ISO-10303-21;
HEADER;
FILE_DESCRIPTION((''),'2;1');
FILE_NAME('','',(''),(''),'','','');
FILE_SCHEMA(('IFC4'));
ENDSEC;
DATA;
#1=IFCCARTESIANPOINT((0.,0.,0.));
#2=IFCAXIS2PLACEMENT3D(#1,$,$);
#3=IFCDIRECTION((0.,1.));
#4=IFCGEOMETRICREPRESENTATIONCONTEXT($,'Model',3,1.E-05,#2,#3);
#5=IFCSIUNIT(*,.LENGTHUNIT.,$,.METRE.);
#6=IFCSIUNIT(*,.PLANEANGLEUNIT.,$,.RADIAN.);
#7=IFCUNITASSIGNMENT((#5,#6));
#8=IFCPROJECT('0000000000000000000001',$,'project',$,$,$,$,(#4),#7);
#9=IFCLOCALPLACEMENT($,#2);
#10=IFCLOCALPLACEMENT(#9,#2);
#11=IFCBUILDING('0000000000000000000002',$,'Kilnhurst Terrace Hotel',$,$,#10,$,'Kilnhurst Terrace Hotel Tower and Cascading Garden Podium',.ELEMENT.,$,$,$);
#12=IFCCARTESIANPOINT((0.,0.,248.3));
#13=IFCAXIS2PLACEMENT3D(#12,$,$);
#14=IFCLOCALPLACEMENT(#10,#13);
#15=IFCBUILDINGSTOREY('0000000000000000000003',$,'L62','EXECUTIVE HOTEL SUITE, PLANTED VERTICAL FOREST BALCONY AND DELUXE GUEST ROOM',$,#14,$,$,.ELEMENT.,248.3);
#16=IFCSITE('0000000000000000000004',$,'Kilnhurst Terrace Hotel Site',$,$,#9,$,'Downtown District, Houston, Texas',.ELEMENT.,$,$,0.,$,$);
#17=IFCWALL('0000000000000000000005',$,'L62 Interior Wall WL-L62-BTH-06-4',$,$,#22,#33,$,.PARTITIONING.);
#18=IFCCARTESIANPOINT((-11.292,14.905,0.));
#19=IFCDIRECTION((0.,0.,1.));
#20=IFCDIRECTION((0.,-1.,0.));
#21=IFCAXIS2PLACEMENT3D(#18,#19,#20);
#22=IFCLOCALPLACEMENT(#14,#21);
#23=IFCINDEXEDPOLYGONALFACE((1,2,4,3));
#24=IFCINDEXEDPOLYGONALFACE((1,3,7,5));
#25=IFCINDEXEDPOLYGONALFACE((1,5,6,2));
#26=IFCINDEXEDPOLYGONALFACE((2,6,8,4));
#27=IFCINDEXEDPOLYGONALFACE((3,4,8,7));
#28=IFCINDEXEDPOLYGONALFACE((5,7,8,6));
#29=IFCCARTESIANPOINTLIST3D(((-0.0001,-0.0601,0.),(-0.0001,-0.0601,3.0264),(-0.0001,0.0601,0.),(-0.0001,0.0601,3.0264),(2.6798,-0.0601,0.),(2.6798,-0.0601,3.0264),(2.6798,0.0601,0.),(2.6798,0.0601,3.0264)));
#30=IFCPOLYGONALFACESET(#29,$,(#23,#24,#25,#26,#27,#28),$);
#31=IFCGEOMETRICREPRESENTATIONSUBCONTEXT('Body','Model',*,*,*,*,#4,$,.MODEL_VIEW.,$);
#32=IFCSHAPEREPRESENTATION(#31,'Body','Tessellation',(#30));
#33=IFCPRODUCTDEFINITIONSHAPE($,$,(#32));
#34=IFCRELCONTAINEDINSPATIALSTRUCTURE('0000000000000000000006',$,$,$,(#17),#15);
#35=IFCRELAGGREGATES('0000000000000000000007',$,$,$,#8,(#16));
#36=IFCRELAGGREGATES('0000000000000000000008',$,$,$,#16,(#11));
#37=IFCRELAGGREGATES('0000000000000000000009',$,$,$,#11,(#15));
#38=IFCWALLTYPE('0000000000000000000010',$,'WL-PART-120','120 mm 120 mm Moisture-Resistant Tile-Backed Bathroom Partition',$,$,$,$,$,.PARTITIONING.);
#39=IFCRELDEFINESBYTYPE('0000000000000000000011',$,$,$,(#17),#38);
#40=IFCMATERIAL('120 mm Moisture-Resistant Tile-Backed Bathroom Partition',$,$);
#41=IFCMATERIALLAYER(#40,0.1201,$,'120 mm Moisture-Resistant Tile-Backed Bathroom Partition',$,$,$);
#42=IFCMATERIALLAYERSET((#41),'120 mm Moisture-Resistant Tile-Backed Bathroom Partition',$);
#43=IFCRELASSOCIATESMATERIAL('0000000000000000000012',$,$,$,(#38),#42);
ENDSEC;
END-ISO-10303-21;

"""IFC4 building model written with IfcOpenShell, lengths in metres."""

from ifc_helpers import new_model, si_unit, direction, frame, frame_2d, origin, place, context, subcontext, project, spatial, rectangle, extrude, material, layer, layer_set, type_object, element, save


model = new_model("IFC4")

# Units and contexts
model_context = context("Model", 3, precision=1e-05, world=origin(), true_north=direction((0.0, 1.0)))
body_context = subcontext(model_context, "Body", "Model", "MODEL_VIEW")
ifc_project = project(units=[si_unit("LENGTHUNIT", "METRE"), si_unit("PLANEANGLEUNIT", "RADIAN")], contexts=[model_context])

# Site, building, storey
site_placement = place(None, origin())
site = spatial("IfcSite", under=ifc_project, at=site_placement, Name="Kilnhurst Terrace Hotel Site", LongName="Downtown District, Houston, Texas", CompositionType="ELEMENT", RefElevation=0.0)
building_placement = place(site_placement, origin())
building = spatial("IfcBuilding", under=site, at=building_placement, Name="Kilnhurst Terrace Hotel", LongName="Kilnhurst Terrace Hotel Tower and Cascading Garden Podium", CompositionType="ELEMENT")
storey_placement = place(building_placement, frame((0.0, 0.0, 248.3)))
storey = spatial("IfcBuildingStorey", under=building, at=storey_placement, Name="L62", Description="EXECUTIVE HOTEL SUITE, PLANTED VERTICAL FOREST BALCONY AND DELUXE GUEST ROOM", CompositionType="ELEMENT", Elevation=248.3)

# Shared definitions
ifc_material_1 = material(Name="120 mm Moisture-Resistant Tile-Backed Bathroom Partition")
ifc_layer_1 = layer(ifc_material_1, 0.1201, Name="120 mm Moisture-Resistant Tile-Backed Bathroom Partition")
ifc_layer_set_1 = layer_set([ifc_layer_1], Name="120 mm Moisture-Resistant Tile-Backed Bathroom Partition")
wall_type_1 = type_object("IfcWallType", Name="WL-PART-120", Description="120 mm 120 mm Moisture-Resistant Tile-Backed Bathroom Partition", PredefinedType="PARTITIONING", material=ifc_layer_set_1)

# Wall
wall_1_placement = place(storey_placement, frame((-11.292, 14.905, 0.0), z_axis=(0.0, 0.0, 1.0), x_axis=(0.0, -1.0, 0.0)))
element("IfcWall", 1, at=wall_1_placement, inside=storey, type_object=wall_type_1, Name="L62 Interior Wall WL-L62-BTH-06-4", PredefinedType="PARTITIONING", context=body_context, shape_type="SweptSolid", body=[
    extrude(rectangle(XDim=2.6799, YDim=0.1201, at=frame_2d((1.3398, 0.0))), origin(), (0.0, 0.0, 1.0), 3.0264),
])

save(model, "model.ifc")
